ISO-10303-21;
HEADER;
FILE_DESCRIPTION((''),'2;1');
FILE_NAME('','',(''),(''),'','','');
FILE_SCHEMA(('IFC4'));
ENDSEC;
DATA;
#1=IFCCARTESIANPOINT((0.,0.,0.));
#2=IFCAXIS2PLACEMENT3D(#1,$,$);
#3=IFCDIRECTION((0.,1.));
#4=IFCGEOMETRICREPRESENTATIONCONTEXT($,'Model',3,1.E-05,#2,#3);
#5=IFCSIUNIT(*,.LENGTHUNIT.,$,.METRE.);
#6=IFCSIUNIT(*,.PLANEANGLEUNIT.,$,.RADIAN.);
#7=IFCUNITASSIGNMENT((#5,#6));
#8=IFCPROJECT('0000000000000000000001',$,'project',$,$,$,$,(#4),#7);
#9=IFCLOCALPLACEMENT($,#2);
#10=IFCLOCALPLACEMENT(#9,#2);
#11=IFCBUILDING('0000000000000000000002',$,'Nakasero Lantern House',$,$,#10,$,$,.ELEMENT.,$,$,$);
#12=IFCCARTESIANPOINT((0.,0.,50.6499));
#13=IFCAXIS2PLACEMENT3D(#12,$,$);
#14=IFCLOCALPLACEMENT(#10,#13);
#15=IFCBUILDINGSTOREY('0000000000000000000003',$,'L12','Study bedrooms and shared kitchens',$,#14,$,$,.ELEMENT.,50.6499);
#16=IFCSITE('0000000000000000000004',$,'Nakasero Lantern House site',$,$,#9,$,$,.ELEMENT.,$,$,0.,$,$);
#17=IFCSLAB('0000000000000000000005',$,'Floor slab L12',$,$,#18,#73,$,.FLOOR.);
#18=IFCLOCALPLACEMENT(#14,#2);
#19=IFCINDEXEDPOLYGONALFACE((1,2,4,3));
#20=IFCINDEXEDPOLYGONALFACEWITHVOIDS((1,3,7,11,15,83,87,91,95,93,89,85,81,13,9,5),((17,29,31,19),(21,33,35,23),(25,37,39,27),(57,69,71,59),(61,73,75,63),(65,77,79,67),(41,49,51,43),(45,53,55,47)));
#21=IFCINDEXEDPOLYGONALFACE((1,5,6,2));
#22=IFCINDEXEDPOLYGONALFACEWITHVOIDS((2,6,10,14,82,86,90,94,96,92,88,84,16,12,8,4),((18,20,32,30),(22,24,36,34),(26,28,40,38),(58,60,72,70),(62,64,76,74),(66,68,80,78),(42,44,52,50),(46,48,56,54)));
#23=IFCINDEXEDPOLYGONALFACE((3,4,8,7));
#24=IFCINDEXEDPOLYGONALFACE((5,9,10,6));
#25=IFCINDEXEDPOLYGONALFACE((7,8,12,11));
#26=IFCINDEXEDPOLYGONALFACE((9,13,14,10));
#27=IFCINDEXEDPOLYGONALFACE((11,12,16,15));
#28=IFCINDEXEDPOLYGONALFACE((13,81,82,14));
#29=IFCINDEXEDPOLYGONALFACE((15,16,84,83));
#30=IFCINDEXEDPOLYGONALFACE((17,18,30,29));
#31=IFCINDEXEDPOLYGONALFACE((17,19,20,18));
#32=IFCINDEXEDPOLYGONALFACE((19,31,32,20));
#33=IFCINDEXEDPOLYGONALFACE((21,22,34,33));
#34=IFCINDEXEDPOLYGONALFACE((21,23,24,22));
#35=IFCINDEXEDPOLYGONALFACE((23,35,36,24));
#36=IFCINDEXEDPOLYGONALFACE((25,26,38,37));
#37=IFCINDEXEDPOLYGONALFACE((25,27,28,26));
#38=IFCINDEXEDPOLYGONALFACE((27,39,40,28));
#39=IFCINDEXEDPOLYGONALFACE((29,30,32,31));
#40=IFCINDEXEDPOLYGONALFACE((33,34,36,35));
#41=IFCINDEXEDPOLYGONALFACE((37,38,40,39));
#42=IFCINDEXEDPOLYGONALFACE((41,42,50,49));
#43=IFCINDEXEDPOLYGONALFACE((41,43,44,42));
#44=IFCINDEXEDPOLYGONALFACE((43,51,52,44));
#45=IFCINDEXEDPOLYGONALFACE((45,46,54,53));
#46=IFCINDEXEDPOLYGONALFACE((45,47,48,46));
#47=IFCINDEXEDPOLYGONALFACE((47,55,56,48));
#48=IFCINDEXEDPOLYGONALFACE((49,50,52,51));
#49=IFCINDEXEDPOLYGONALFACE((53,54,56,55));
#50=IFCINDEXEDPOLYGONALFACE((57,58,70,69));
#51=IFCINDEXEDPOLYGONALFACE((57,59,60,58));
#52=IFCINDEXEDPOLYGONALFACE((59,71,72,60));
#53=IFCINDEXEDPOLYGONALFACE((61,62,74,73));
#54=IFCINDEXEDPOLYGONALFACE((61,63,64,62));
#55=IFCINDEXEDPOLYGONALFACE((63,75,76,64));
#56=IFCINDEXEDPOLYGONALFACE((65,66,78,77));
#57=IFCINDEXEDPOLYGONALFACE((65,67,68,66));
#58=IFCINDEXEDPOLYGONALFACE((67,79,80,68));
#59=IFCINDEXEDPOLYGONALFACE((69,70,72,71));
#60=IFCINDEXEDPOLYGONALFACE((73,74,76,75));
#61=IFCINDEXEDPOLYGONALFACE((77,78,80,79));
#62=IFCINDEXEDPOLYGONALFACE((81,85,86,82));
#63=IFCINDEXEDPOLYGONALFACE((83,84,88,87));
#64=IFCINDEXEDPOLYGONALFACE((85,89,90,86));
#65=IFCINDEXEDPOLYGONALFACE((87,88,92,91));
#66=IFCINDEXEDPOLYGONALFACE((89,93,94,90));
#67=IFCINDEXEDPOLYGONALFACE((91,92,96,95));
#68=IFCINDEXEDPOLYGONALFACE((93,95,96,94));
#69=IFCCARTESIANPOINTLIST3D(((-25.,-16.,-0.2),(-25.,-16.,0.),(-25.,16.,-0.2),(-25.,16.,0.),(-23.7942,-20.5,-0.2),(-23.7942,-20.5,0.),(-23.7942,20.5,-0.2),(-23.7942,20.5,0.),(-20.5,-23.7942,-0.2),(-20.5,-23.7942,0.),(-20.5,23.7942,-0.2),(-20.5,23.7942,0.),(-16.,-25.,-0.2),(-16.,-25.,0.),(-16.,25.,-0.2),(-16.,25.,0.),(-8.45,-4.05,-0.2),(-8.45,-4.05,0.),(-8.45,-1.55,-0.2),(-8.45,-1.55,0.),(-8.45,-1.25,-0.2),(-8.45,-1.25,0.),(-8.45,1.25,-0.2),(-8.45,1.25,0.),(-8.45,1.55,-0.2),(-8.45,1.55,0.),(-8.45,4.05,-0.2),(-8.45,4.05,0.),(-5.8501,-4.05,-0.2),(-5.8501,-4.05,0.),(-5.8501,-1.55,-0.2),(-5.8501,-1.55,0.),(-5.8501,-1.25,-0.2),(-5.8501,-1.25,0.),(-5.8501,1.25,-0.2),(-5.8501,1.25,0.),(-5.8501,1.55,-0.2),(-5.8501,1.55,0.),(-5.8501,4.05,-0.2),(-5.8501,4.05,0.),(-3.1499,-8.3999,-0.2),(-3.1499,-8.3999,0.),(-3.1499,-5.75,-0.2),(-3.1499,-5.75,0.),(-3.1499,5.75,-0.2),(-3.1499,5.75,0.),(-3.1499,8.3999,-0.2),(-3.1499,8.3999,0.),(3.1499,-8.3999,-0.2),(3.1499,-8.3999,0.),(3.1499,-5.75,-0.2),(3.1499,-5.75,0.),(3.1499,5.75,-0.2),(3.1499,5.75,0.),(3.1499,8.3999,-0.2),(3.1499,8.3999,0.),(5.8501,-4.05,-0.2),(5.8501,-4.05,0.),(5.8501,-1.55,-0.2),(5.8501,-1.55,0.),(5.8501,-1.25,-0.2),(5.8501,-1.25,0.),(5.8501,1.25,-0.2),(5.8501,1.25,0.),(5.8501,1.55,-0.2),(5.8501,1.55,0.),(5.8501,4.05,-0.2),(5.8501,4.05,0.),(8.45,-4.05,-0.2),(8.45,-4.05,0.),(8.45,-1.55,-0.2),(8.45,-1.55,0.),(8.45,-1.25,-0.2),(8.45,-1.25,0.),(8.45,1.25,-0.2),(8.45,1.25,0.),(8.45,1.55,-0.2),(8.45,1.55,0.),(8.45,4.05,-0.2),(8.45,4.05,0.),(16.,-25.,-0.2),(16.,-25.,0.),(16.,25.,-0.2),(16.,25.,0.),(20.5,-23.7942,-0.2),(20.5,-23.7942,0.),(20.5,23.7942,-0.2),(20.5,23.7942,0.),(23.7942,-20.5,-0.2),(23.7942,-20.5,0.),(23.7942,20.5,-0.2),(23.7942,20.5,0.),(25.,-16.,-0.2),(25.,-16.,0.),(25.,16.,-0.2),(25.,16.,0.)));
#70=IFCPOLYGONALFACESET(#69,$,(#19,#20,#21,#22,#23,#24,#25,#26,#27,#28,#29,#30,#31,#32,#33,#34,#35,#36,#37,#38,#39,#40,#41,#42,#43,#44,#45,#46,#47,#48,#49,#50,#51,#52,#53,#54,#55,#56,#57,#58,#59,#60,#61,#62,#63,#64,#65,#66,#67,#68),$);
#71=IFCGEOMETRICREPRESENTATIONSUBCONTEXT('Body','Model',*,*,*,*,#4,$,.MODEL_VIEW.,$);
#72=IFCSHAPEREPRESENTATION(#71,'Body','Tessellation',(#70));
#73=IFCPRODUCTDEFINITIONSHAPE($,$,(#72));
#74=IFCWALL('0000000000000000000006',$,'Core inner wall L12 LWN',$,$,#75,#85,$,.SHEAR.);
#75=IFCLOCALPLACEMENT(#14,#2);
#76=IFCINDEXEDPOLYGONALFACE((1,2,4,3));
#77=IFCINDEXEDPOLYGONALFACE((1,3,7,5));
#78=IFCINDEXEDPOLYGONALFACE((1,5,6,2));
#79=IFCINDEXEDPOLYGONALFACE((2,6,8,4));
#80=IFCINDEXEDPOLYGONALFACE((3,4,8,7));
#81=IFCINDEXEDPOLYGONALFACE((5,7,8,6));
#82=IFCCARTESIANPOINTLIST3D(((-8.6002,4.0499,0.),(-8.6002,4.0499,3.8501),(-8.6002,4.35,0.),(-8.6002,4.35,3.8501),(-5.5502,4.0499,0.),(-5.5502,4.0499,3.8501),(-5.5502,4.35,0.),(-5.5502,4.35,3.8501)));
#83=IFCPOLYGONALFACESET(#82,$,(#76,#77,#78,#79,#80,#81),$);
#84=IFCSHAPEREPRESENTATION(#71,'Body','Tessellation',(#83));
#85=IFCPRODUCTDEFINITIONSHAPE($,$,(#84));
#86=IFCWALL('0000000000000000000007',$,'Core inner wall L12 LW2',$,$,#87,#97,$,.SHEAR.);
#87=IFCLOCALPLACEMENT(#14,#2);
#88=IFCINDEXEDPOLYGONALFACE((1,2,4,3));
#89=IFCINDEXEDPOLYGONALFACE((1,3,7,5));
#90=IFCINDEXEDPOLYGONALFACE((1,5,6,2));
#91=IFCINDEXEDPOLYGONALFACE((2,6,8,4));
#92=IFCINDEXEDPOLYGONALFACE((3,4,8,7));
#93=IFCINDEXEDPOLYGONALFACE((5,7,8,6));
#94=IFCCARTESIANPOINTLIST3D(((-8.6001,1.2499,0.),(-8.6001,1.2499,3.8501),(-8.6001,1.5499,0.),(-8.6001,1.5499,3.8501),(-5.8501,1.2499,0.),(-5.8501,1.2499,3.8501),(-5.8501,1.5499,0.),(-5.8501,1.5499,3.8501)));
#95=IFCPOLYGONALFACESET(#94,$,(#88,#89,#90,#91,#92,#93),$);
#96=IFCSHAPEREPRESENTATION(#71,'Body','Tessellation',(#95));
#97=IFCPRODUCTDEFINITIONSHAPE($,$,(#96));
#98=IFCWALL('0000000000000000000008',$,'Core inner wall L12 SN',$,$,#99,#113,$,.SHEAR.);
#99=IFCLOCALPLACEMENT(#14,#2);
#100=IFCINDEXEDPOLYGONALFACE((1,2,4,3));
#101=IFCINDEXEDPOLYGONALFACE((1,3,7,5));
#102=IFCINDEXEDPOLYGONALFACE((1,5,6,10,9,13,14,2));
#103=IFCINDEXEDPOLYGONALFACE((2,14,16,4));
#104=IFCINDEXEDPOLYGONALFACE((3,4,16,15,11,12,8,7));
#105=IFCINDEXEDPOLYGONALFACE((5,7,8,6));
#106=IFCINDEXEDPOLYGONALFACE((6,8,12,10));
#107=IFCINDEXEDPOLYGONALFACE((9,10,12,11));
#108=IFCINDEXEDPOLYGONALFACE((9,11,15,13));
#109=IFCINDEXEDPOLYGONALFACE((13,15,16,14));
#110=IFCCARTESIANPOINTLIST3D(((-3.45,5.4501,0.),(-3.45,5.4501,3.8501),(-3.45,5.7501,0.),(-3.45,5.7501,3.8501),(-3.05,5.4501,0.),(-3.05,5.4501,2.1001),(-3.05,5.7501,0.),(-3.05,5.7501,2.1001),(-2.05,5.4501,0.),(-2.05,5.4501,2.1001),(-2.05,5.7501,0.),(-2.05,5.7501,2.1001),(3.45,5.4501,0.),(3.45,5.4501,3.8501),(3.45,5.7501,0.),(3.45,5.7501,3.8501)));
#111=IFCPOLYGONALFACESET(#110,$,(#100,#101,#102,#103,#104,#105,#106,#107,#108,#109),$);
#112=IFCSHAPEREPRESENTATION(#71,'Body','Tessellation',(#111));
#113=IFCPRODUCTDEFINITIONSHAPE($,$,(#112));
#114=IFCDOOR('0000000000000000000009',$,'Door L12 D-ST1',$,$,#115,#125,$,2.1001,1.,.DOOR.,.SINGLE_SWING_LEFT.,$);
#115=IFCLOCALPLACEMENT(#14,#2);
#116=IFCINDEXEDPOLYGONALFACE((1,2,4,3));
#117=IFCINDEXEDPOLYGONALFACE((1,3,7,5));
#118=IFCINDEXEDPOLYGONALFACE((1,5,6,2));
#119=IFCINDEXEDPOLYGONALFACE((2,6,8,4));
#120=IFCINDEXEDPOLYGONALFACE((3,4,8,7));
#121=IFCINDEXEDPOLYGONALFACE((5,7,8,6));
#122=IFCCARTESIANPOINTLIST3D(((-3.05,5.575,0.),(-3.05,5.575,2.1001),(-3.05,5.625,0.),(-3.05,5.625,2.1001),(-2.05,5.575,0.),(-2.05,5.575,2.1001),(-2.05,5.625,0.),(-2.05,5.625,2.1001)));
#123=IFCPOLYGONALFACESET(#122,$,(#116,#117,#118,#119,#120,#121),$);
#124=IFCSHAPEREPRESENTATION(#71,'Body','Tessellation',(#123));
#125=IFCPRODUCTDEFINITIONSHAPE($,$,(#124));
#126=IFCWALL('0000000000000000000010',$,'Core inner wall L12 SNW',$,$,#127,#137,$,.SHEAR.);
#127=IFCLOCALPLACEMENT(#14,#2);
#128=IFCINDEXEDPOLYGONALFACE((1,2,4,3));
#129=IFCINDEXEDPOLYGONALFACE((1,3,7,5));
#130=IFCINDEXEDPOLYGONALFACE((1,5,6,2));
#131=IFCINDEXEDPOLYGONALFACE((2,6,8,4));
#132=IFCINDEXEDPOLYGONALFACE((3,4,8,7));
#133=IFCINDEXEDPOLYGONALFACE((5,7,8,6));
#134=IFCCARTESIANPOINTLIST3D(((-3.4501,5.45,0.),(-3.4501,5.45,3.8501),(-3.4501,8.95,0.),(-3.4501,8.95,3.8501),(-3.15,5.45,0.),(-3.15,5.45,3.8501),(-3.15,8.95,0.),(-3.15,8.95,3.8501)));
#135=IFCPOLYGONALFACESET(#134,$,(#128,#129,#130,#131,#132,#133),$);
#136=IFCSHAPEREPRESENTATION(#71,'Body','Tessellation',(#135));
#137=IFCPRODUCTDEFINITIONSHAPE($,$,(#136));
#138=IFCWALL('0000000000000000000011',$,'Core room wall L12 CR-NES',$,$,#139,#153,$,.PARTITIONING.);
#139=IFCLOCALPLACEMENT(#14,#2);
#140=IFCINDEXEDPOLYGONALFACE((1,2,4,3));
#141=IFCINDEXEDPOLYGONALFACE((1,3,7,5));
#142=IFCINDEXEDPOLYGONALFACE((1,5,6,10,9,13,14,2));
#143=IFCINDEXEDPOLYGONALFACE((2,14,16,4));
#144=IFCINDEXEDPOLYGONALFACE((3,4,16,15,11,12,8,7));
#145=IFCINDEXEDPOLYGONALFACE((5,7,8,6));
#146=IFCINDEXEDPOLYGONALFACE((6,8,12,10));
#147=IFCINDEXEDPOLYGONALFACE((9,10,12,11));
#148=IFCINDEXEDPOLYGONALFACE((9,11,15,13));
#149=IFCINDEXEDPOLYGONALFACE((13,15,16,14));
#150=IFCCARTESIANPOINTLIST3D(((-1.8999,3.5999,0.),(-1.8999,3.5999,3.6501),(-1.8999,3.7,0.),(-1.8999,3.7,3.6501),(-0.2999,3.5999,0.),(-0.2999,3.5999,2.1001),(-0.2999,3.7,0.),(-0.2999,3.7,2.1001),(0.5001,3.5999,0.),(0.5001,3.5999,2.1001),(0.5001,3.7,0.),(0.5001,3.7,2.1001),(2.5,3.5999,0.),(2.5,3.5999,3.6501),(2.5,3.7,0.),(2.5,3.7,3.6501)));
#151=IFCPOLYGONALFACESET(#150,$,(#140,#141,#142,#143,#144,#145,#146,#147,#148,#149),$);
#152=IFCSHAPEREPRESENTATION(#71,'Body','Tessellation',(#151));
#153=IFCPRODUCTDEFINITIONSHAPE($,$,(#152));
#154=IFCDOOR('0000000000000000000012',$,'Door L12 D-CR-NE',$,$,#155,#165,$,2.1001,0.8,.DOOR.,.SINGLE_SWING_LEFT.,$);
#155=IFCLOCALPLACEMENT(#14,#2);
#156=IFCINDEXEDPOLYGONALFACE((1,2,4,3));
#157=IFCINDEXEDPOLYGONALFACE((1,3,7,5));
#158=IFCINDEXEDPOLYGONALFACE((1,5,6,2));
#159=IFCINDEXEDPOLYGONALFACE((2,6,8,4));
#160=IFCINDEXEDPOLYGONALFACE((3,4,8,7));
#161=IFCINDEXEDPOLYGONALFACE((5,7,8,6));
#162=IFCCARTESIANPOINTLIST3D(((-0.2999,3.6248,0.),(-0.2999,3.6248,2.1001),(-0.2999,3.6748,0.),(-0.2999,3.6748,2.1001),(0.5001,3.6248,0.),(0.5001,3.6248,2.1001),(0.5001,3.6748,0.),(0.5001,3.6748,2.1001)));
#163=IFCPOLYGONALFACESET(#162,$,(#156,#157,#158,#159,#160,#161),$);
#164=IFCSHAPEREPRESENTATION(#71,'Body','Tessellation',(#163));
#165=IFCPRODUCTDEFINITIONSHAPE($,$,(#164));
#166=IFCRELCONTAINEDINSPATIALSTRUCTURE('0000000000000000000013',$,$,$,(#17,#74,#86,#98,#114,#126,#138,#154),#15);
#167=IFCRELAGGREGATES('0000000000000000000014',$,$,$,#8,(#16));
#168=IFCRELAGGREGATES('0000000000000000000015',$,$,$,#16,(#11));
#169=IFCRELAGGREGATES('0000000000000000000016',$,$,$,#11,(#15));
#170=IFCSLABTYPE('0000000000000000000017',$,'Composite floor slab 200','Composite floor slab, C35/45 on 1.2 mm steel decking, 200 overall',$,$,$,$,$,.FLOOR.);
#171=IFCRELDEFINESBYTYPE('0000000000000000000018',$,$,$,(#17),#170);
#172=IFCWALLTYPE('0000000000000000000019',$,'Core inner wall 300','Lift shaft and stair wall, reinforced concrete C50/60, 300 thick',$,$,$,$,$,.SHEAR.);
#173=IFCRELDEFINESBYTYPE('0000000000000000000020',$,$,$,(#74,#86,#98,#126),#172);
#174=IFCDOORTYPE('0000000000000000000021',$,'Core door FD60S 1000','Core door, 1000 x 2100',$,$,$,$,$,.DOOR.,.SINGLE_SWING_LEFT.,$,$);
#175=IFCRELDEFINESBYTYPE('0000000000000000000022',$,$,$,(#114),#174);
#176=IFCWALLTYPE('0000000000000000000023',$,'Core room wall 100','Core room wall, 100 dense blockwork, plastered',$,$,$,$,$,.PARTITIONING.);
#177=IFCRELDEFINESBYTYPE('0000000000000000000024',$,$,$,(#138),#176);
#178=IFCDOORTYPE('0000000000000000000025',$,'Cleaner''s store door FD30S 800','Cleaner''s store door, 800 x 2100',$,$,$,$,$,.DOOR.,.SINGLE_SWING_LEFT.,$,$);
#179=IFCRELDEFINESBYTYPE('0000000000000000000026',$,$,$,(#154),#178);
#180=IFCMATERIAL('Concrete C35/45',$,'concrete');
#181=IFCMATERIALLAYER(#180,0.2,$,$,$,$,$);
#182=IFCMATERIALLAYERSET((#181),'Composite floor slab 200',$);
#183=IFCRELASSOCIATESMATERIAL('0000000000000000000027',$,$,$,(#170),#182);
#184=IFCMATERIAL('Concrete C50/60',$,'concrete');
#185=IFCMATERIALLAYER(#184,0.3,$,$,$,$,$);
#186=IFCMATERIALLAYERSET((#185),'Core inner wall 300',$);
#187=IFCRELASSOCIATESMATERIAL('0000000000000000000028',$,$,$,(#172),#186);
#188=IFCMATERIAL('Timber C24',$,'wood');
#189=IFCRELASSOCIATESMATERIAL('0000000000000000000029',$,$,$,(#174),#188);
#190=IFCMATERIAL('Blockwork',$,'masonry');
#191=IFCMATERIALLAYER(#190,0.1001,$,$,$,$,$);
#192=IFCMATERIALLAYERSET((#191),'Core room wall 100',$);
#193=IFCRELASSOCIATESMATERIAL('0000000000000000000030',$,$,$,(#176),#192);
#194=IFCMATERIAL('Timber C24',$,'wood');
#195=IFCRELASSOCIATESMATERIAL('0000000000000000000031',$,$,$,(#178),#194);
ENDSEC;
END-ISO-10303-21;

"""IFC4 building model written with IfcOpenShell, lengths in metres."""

from ifc_helpers import new_model, si_unit, direction, frame, frame_2d, origin, place, context, subcontext, project, spatial, polyline, rectangle, outline, extrude, material, layer, layer_set, type_object, element, fill, save


model = new_model("IFC4")

# Units and contexts
model_context = context("Model", 3, precision=1e-05, world=origin(), true_north=direction((0.0, 1.0)))
body_context = subcontext(model_context, "Body", "Model", "MODEL_VIEW")
ifc_project = project(units=[si_unit("LENGTHUNIT", "METRE"), si_unit("PLANEANGLEUNIT", "RADIAN")], contexts=[model_context])

# Site, building, storey
site_placement = place(None, origin())
site = spatial("IfcSite", under=ifc_project, at=site_placement, Name="Nakasero Lantern House site", CompositionType="ELEMENT", RefElevation=0.0)
building_placement = place(site_placement, origin())
building = spatial("IfcBuilding", under=site, at=building_placement, Name="Nakasero Lantern House", CompositionType="ELEMENT")
storey_placement = place(building_placement, frame((0.0, 0.0, 50.6499)))
storey = spatial("IfcBuildingStorey", under=building, at=storey_placement, Name="L12", Description="Study bedrooms and shared kitchens", CompositionType="ELEMENT", Elevation=50.6499)

# Slab
ifc_material_1 = material(Name="Concrete C35/45", Category="concrete")
ifc_layer_1 = layer(ifc_material_1, 0.2)
ifc_layer_set_1 = layer_set([ifc_layer_1], Name="Composite floor slab 200")
slab_type = type_object("IfcSlabType", Name="Composite floor slab 200", Description="Composite floor slab, C35/45 on 1.2 mm steel decking, 200 overall", PredefinedType="FLOOR", material=ifc_layer_set_1)
slab_placement = place(storey_placement, frame((0.0, 0.0, -0.2)))
element("IfcSlab", 1, at=slab_placement, inside=storey, type_object=slab_type, Name="Floor slab L12", PredefinedType="FLOOR", context=body_context, shape_type="SweptSolid", body=[
    extrude(outline(polyline([(25.0, 16.0), (23.7942, 20.5), (20.5, 23.7942), (16.0, 25.0), (-16.0, 25.0), (-20.5, 23.7942), (-23.7942, 20.5), (-25.0, 16.0), (-25.0, -16.0), (-23.7942, -20.5), (-20.5, -23.7942), (-16.0, -25.0), (16.0, -25.0), (20.5, -23.7942), (23.7942, -20.5), (25.0, -16.0), (25.0, 16.0)]), holes=[polyline([(-8.45, -4.05), (-5.8501, -4.05), (-5.8501, -1.55), (-8.45, -1.55), (-8.45, -4.05)]), polyline([(-8.45, -1.25), (-5.8501, -1.25), (-5.8501, 1.25), (-8.45, 1.25), (-8.45, -1.25)]), polyline([(-8.45, 1.55), (-5.8501, 1.55), (-5.8501, 4.05), (-8.45, 4.05), (-8.45, 1.55)]), polyline([(5.8501, -4.05), (8.45, -4.05), (8.45, -1.55), (5.8501, -1.55), (5.8501, -4.05)]), polyline([(5.8501, -1.25), (8.45, -1.25), (8.45, 1.25), (5.8501, 1.25), (5.8501, -1.25)]), polyline([(5.8501, 1.55), (8.45, 1.55), (8.45, 4.05), (5.8501, 4.05), (5.8501, 1.55)]), polyline([(-3.1499, 5.75), (3.1499, 5.75), (3.1499, 8.3999), (-3.1499, 8.3999), (-3.1499, 5.75)]), polyline([(-3.1499, -8.3999), (3.1499, -8.3999), (3.1499, -5.75), (-3.1499, -5.75), (-3.1499, -8.3999)])]), origin(), (0.0, 0.0, 1.0), 0.2),
])

# Walls
ifc_material_2 = material(Name="Concrete C50/60", Category="concrete")
ifc_layer_2 = layer(ifc_material_2, 0.3)
ifc_layer_set_2 = layer_set([ifc_layer_2], Name="Core inner wall 300")
wall_type_1 = type_object("IfcWallType", Name="Core inner wall 300", Description="Lift shaft and stair wall, reinforced concrete C50/60, 300 thick", PredefinedType="SHEAR", material=ifc_layer_set_2)
wall_1_placement = place(storey_placement, frame((-8.6001, 4.2, 0.0), z_axis=(0.0, 0.0, 1.0), x_axis=(1.0, 0.0, 0.0)))
element("IfcWall", 2, at=wall_1_placement, inside=storey, type_object=wall_type_1, Name="Core inner wall L12 LWN", PredefinedType="SHEAR", context=body_context, shape_type="SweptSolid", body=[
    extrude(rectangle(XDim=3.05, YDim=0.3, at=frame_2d((1.5249, 0.0))), origin(), (0.0, 0.0, 1.0), 3.8501),
])
wall_2_placement = place(storey_placement, frame((-8.6001, 1.3999, 0.0), z_axis=(0.0, 0.0, 1.0), x_axis=(1.0, 0.0, 0.0)))
element("IfcWall", 3, at=wall_2_placement, inside=storey, type_object=wall_type_1, Name="Core inner wall L12 LW2", PredefinedType="SHEAR", context=body_context, shape_type="SweptSolid", body=[
    extrude(rectangle(XDim=2.75, YDim=0.3, at=frame_2d((1.375, 0.0))), origin(), (0.0, 0.0, 1.0), 3.8501),
])

# Wall, opening, door
wall_3_placement = place(storey_placement, frame((-3.45, 5.6001, 0.0), z_axis=(0.0, 0.0, 1.0), x_axis=(1.0, 0.0, 0.0)))
wall_3 = element("IfcWall", 4, at=wall_3_placement, inside=storey, type_object=wall_type_1, Name="Core inner wall L12 SN", PredefinedType="SHEAR", context=body_context, shape_type="SweptSolid", body=[
    extrude(rectangle(XDim=6.8999, YDim=0.3, at=frame_2d((3.45, 0.0))), origin(), (0.0, 0.0, 1.0), 3.8501),
])
opening_1_placement = place(wall_3_placement, frame((0.3999, 0.0, 0.0)))
opening_1 = element("IfcOpeningElement", 5, at=opening_1_placement, cuts=wall_3, PredefinedType="OPENING", context=body_context, shape_type="SweptSolid", body=[
    extrude(rectangle(XDim=1.0, YDim=2.1001, at=frame_2d((0.5, 1.05))), frame((0.0, 0.1699, 0.0), z_axis=(0.0, -1.0, 0.0), x_axis=(1.0, 0.0, 0.0)), (0.0, 0.0, 1.0), 0.3401),
])
ifc_material_3 = material(Name="Timber C24", Category="wood")
door_type_1 = type_object("IfcDoorType", Name="Core door FD60S 1000", Description="Core door, 1000 x 2100", OperationType="SINGLE_SWING_LEFT", PredefinedType="DOOR", material=ifc_material_3)
door_1_placement = place(opening_1_placement, origin())
door_1 = element("IfcDoor", 6, at=door_1_placement, inside=storey, type_object=door_type_1, Name="Door L12 D-ST1", OperationType="SINGLE_SWING_LEFT", OverallHeight=2.1001, OverallWidth=1.0, PredefinedType="DOOR", context=body_context, shape_type="SweptSolid", body=[
    extrude(rectangle(XDim=1.0, YDim=2.1001, at=frame_2d((0.5, 1.05))), frame((0.0, 0.0249, 0.0), z_axis=(0.0, -1.0, 0.0), x_axis=(1.0, 0.0, 0.0)), (0.0, 0.0, 1.0), 0.05),
])
fill(opening_1, door_1)

# Wall
wall_4_placement = place(storey_placement, frame((-3.3, 5.45, 0.0), z_axis=(0.0, 0.0, 1.0), x_axis=(0.0, 1.0, 0.0)))
element("IfcWall", 7, at=wall_4_placement, inside=storey, type_object=wall_type_1, Name="Core inner wall L12 SNW", PredefinedType="SHEAR", context=body_context, shape_type="SweptSolid", body=[
    extrude(rectangle(XDim=3.5, YDim=0.3, at=frame_2d((1.75, 0.0))), origin(), (0.0, 0.0, 1.0), 3.8501),
])

# Wall, opening, door
ifc_material_4 = material(Name="Blockwork", Category="masonry")
ifc_layer_3 = layer(ifc_material_4, 0.1001)
ifc_layer_set_3 = layer_set([ifc_layer_3], Name="Core room wall 100")
wall_type_2 = type_object("IfcWallType", Name="Core room wall 100", Description="Core room wall, 100 dense blockwork, plastered", PredefinedType="PARTITIONING", material=ifc_layer_set_3)
wall_5_placement = place(storey_placement, frame((-1.8999, 3.6499, 0.0), z_axis=(0.0, 0.0, 1.0), x_axis=(1.0, 0.0, 0.0)))
wall_5 = element("IfcWall", 8, at=wall_5_placement, inside=storey, type_object=wall_type_2, Name="Core room wall L12 CR-NES", PredefinedType="PARTITIONING", context=body_context, shape_type="SweptSolid", body=[
    extrude(rectangle(XDim=4.3999, YDim=0.1001, at=frame_2d((2.2, 0.0))), origin(), (0.0, 0.0, 1.0), 3.6501),
])
opening_2_placement = place(wall_5_placement, frame((1.6001, 0.0, 0.0)))
opening_2 = element("IfcOpeningElement", 9, at=opening_2_placement, cuts=wall_5, PredefinedType="OPENING", context=body_context, shape_type="SweptSolid", body=[
    extrude(rectangle(XDim=0.8, YDim=2.1001, at=frame_2d((0.3999, 1.05))), frame((0.0, 0.0701, 0.0), z_axis=(0.0, -1.0, 0.0), x_axis=(1.0, 0.0, 0.0)), (0.0, 0.0, 1.0), 0.1401),
])
ifc_material_5 = material(Name="Timber C24", Category="wood")
door_type_2 = type_object("IfcDoorType", Name="Cleaner's store door FD30S 800", Description="Cleaner's store door, 800 x 2100", OperationType="SINGLE_SWING_LEFT", PredefinedType="DOOR", material=ifc_material_5)
door_2_placement = place(opening_2_placement, origin())
door_2 = element("IfcDoor", 10, at=door_2_placement, inside=storey, type_object=door_type_2, Name="Door L12 D-CR-NE", OperationType="SINGLE_SWING_LEFT", OverallHeight=2.1001, OverallWidth=0.8, PredefinedType="DOOR", context=body_context, shape_type="SweptSolid", body=[
    extrude(rectangle(XDim=0.8, YDim=2.1001, at=frame_2d((0.3999, 1.05))), frame((0.0, 0.0249, 0.0), z_axis=(0.0, -1.0, 0.0), x_axis=(1.0, 0.0, 0.0)), (0.0, 0.0, 1.0), 0.05),
])
fill(opening_2, door_2)

save(model, "model.ifc")
